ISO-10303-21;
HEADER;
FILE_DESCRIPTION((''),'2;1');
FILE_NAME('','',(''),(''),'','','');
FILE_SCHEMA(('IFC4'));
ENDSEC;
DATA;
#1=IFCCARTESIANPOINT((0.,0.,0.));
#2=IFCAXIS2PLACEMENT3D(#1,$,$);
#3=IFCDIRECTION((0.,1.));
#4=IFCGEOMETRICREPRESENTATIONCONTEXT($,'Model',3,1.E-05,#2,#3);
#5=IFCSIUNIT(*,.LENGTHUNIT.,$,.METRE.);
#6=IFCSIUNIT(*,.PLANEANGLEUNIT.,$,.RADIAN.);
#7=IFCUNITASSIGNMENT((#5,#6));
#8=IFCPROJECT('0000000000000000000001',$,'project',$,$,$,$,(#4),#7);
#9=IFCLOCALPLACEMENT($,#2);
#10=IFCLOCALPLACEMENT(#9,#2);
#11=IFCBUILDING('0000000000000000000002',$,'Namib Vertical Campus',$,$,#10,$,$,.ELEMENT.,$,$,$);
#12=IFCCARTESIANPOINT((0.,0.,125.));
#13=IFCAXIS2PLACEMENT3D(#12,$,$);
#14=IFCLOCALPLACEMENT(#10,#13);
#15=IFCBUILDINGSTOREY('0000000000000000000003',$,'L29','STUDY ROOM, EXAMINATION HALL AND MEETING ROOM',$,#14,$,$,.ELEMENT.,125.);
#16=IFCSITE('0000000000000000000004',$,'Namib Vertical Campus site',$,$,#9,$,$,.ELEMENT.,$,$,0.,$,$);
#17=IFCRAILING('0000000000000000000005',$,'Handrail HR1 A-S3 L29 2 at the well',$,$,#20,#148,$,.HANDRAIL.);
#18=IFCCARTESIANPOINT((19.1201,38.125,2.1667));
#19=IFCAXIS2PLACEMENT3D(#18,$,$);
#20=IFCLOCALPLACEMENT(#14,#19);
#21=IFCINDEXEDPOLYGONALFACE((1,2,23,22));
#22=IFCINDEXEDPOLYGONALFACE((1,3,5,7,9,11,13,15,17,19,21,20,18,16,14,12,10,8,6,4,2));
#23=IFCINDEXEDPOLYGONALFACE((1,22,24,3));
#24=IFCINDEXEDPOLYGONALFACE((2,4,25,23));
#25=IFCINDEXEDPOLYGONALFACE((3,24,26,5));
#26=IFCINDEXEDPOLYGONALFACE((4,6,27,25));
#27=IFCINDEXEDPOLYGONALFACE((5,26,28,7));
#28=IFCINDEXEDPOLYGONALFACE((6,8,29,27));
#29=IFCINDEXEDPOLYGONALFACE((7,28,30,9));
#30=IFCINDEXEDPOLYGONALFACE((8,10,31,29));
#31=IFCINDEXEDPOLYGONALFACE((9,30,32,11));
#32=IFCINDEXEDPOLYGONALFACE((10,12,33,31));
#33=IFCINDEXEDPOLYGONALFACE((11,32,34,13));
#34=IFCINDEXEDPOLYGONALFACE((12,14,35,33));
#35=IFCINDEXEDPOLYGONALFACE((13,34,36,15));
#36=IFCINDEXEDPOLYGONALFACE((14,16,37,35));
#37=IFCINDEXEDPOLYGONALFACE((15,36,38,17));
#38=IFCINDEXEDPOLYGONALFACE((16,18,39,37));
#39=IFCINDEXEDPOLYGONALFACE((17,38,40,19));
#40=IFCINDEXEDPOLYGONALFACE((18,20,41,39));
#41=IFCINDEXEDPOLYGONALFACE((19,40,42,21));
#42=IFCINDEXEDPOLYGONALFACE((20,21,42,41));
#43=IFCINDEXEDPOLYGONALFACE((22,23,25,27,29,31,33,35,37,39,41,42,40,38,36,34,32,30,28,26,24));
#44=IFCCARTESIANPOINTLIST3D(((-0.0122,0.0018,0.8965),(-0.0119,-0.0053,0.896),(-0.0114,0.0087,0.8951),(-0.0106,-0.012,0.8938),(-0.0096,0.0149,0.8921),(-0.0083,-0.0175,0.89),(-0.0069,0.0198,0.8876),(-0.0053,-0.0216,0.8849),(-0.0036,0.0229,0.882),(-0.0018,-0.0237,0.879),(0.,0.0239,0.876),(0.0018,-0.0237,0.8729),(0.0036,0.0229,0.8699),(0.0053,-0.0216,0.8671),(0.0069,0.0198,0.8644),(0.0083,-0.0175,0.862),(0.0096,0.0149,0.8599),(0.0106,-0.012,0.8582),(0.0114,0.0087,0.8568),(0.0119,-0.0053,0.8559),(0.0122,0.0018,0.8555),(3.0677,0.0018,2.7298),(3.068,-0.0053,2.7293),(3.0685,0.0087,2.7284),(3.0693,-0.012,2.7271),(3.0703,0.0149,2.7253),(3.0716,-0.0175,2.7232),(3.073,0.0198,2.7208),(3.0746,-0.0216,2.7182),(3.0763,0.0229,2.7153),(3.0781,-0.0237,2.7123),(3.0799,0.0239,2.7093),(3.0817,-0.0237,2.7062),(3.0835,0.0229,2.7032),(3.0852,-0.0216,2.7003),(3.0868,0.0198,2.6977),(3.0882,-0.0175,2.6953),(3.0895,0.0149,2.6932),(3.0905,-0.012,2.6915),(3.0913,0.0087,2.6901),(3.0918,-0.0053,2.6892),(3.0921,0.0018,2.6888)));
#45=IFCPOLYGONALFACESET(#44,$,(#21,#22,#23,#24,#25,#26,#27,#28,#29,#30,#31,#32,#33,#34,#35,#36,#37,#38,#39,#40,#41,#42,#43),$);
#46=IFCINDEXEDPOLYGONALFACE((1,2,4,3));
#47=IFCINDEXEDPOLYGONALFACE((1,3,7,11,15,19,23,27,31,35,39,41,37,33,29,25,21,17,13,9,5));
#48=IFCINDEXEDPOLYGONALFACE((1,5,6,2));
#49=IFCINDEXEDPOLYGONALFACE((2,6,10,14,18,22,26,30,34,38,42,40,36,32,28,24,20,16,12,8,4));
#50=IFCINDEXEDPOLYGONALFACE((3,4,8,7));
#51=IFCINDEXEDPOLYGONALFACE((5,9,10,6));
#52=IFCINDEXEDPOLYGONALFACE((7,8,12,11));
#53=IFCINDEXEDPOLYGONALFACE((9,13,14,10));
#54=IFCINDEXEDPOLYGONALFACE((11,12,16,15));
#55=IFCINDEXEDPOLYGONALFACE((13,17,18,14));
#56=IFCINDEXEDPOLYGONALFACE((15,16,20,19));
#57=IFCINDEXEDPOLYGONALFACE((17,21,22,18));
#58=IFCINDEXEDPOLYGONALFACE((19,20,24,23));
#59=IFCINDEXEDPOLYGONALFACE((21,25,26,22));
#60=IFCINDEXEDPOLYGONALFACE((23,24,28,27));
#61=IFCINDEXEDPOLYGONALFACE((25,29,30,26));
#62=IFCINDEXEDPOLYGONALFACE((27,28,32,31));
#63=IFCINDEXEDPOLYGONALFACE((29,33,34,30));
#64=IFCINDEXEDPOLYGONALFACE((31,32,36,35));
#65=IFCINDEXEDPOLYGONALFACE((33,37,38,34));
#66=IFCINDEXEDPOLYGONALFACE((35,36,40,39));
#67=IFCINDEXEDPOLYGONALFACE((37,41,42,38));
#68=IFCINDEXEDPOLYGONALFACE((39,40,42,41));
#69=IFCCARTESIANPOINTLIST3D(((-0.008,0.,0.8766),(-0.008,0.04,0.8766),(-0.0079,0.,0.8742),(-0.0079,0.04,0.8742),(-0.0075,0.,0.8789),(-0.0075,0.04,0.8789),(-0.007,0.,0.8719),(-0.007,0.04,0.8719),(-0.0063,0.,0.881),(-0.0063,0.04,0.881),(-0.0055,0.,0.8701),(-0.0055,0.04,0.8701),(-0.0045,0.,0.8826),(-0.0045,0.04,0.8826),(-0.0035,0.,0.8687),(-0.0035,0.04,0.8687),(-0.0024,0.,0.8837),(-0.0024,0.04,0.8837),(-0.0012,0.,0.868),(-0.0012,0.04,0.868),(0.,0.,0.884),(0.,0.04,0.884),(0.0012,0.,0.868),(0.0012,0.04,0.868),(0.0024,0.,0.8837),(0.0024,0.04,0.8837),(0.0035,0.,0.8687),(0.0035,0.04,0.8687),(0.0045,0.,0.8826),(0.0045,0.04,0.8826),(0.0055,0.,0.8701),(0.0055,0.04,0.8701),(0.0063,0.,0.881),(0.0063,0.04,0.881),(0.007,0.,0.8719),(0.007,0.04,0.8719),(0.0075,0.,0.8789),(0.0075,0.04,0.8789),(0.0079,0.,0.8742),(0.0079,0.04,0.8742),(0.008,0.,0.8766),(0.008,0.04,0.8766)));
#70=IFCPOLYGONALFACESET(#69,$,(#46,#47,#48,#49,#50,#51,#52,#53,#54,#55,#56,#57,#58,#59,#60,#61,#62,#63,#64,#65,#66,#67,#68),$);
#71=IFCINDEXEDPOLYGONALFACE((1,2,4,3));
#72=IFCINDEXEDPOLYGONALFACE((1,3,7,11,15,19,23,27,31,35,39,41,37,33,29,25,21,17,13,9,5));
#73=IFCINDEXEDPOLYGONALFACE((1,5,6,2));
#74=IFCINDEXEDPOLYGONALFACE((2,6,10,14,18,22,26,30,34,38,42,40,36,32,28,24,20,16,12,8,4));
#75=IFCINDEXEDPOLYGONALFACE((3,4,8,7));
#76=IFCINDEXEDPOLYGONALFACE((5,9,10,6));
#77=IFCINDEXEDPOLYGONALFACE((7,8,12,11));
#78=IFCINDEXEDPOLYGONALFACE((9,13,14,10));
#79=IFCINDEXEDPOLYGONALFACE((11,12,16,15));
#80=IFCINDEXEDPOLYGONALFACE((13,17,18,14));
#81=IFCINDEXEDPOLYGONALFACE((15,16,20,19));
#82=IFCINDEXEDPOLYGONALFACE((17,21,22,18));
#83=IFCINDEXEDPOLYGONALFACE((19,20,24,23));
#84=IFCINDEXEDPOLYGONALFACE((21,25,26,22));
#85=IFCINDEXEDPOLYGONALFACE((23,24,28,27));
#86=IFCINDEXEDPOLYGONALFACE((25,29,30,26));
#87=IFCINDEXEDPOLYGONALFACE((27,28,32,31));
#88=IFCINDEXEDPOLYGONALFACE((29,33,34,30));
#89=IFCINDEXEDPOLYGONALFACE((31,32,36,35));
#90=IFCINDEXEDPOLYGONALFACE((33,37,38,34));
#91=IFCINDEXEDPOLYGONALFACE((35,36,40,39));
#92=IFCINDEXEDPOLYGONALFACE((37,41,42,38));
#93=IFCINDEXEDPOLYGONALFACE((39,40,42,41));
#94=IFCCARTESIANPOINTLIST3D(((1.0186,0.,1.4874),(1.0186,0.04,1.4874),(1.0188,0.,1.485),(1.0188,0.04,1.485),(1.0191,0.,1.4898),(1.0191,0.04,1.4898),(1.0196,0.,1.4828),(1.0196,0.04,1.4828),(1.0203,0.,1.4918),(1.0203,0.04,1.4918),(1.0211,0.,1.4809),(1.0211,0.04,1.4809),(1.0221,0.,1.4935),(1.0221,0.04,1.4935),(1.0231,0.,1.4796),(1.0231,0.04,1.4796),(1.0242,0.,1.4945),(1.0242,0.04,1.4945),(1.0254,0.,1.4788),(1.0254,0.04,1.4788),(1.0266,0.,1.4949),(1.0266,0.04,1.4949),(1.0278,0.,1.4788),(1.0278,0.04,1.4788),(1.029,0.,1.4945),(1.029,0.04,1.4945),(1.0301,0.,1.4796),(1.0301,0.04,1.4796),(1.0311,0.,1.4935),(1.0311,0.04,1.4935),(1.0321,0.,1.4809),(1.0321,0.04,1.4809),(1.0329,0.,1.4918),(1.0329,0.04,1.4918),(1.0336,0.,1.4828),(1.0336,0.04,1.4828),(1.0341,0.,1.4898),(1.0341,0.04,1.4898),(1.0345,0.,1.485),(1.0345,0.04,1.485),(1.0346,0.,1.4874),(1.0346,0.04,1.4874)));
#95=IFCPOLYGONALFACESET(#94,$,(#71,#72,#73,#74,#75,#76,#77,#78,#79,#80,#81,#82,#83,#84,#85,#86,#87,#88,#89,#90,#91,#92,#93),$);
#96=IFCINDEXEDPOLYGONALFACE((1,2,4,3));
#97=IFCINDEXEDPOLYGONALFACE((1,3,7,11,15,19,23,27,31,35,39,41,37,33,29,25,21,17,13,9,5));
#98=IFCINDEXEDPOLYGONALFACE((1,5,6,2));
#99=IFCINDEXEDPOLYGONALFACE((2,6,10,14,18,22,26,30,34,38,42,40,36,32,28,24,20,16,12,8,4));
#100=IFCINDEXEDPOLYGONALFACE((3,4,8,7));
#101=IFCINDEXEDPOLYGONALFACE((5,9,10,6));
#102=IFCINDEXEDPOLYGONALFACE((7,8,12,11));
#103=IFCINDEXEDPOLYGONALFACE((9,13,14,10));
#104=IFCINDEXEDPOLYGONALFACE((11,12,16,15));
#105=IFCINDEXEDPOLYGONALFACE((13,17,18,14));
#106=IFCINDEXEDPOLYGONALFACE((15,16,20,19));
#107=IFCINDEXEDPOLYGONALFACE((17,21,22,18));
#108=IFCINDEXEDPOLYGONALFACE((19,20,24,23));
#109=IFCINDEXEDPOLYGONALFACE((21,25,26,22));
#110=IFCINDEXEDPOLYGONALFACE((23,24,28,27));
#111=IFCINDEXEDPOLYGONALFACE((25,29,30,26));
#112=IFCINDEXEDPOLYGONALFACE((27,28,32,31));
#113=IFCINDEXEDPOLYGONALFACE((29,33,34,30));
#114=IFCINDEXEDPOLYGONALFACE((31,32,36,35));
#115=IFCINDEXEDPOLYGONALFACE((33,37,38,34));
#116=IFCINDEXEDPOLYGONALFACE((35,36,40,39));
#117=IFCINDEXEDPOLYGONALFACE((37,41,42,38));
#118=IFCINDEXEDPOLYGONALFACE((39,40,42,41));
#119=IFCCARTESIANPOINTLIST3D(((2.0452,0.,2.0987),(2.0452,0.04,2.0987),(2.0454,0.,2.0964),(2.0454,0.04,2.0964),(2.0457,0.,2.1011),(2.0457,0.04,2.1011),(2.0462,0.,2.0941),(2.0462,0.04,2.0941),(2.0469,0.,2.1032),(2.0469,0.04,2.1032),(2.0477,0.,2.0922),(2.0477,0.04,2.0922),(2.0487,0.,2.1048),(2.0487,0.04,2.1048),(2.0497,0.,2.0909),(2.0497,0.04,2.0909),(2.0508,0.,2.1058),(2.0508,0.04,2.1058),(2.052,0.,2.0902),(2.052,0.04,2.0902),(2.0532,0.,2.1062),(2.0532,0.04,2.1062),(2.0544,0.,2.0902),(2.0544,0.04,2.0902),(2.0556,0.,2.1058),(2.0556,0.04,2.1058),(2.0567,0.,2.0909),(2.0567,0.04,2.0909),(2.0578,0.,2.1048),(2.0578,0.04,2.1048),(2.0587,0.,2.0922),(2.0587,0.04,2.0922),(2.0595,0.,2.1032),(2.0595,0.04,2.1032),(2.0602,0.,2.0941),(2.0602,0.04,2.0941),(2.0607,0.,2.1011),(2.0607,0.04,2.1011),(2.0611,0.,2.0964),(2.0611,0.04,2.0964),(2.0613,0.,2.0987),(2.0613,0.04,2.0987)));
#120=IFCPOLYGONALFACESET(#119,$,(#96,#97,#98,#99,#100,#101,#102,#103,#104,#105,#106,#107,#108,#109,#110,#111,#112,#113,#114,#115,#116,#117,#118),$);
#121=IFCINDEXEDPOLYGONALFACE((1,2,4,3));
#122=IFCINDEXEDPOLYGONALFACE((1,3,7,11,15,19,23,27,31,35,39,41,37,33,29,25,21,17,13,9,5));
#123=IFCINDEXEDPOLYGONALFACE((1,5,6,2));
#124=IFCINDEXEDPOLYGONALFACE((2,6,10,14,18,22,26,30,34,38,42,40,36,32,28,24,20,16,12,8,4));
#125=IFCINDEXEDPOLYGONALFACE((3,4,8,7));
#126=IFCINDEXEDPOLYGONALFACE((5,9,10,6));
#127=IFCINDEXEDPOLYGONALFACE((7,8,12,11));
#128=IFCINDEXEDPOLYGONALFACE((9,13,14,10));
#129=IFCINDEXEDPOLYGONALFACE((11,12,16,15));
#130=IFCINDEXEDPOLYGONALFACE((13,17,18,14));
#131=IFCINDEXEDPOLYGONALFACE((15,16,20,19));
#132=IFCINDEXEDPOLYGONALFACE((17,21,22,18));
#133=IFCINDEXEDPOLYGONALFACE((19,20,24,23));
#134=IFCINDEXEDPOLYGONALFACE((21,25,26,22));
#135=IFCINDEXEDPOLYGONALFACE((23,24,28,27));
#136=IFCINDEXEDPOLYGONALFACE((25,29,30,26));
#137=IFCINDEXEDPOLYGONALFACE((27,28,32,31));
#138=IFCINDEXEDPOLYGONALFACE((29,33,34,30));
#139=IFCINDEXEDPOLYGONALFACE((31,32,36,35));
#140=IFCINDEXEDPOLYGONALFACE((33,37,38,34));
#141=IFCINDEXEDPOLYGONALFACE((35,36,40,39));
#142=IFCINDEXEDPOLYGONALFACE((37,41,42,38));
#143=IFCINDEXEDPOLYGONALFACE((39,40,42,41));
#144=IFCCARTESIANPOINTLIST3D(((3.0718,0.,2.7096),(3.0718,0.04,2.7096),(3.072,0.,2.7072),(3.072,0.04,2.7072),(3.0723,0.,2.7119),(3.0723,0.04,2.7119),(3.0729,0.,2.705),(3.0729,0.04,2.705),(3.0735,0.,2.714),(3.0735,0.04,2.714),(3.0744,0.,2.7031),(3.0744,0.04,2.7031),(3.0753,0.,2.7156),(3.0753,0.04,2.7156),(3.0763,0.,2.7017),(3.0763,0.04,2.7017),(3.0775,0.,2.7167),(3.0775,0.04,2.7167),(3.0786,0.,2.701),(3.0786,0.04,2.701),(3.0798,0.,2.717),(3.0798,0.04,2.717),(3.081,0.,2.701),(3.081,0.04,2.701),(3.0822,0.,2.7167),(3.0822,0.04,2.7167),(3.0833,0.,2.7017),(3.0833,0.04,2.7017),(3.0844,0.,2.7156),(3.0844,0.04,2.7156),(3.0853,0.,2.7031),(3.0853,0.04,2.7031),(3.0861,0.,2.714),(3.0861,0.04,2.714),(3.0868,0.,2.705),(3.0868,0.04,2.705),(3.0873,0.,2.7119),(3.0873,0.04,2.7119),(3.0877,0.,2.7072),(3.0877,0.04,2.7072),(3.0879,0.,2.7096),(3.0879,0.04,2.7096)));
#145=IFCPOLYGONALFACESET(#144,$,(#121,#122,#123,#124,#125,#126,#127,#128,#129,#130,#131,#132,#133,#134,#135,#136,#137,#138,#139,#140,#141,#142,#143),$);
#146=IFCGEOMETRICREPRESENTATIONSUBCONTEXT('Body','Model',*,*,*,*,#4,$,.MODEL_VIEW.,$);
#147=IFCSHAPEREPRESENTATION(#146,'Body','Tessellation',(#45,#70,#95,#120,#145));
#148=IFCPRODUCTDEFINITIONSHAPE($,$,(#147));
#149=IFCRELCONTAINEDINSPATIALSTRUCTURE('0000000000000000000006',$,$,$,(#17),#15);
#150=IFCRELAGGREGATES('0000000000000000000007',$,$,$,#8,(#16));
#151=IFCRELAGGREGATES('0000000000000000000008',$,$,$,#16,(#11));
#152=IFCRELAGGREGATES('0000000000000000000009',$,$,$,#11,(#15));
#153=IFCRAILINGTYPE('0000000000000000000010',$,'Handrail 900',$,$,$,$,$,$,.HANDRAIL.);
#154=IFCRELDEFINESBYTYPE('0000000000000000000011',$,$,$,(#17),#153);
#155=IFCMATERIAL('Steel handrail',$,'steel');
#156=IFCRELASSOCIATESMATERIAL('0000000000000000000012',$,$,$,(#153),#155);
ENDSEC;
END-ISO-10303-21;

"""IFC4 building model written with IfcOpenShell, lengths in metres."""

from ifc_helpers import new_model, si_unit, direction, frame, origin, origin_2d, place, context, subcontext, project, spatial, circle, extrude, material, type_object, element, save


model = new_model("IFC4")

# Units and contexts
model_context = context("Model", 3, precision=1e-05, world=origin(), true_north=direction((0.0, 1.0)))
body_context = subcontext(model_context, "Body", "Model", "MODEL_VIEW")
ifc_project = project(units=[si_unit("LENGTHUNIT", "METRE"), si_unit("PLANEANGLEUNIT", "RADIAN")], contexts=[model_context])

# Site, building, storey
site_placement = place(None, origin())
site = spatial("IfcSite", under=ifc_project, at=site_placement, Name="Namib Vertical Campus site", CompositionType="ELEMENT", RefElevation=0.0)
building_placement = place(site_placement, origin())
building = spatial("IfcBuilding", under=site, at=building_placement, Name="Namib Vertical Campus", CompositionType="ELEMENT")
storey_placement = place(building_placement, frame((0.0, 0.0, 125.0)))
storey = spatial("IfcBuildingStorey", under=building, at=storey_placement, Name="L29", Description="STUDY ROOM, EXAMINATION HALL AND MEETING ROOM", CompositionType="ELEMENT", Elevation=125.0)

# Railing
ifc_material_1 = material(Name="Steel handrail", Category="steel")
railing_type_1 = type_object("IfcRailingType", Name="Handrail 900", PredefinedType="HANDRAIL", material=ifc_material_1)
railing_1_placement = place(storey_placement, frame((19.1201, 38.125, 2.1667)))
element("IfcRailing", 1, at=railing_1_placement, inside=storey, type_object=railing_type_1, Name="Handrail HR1 A-S3 L29 2 at the well", PredefinedType="HANDRAIL", context=body_context, shape_type="SweptSolid", body=[
    extrude(circle(Radius=0.0239, at=origin_2d()), frame((0.0, 0.0, 0.876), z_axis=(0.859291, 0.0, 0.511487), x_axis=(0.0, 1.0, 0.0)), (0.0, 0.0, 1.0), 3.5842),
    extrude(circle(Radius=0.0081, at=origin_2d()), frame((0.0, 0.0, 0.876), z_axis=(0.0, 1.0, 0.0), x_axis=(0.0, 0.0, 1.0)), (0.0, 0.0, 1.0), 0.04),
    extrude(circle(Radius=0.0081, at=origin_2d()), frame((1.0266, 0.0, 1.4868), z_axis=(0.0, 1.0, 0.0), x_axis=(0.0, 0.0, 1.0)), (0.0, 0.0, 1.0), 0.04),
    extrude(circle(Radius=0.0081, at=origin_2d()), frame((2.0532, 0.0, 2.0981), z_axis=(0.0, 1.0, 0.0), x_axis=(0.0, 0.0, 1.0)), (0.0, 0.0, 1.0), 0.04),
    extrude(circle(Radius=0.0081, at=origin_2d()), frame((3.0798, 0.0, 2.709), z_axis=(0.0, 1.0, 0.0), x_axis=(0.0, 0.0, 1.0)), (0.0, 0.0, 1.0), 0.04),
])

save(model, "model.ifc")
